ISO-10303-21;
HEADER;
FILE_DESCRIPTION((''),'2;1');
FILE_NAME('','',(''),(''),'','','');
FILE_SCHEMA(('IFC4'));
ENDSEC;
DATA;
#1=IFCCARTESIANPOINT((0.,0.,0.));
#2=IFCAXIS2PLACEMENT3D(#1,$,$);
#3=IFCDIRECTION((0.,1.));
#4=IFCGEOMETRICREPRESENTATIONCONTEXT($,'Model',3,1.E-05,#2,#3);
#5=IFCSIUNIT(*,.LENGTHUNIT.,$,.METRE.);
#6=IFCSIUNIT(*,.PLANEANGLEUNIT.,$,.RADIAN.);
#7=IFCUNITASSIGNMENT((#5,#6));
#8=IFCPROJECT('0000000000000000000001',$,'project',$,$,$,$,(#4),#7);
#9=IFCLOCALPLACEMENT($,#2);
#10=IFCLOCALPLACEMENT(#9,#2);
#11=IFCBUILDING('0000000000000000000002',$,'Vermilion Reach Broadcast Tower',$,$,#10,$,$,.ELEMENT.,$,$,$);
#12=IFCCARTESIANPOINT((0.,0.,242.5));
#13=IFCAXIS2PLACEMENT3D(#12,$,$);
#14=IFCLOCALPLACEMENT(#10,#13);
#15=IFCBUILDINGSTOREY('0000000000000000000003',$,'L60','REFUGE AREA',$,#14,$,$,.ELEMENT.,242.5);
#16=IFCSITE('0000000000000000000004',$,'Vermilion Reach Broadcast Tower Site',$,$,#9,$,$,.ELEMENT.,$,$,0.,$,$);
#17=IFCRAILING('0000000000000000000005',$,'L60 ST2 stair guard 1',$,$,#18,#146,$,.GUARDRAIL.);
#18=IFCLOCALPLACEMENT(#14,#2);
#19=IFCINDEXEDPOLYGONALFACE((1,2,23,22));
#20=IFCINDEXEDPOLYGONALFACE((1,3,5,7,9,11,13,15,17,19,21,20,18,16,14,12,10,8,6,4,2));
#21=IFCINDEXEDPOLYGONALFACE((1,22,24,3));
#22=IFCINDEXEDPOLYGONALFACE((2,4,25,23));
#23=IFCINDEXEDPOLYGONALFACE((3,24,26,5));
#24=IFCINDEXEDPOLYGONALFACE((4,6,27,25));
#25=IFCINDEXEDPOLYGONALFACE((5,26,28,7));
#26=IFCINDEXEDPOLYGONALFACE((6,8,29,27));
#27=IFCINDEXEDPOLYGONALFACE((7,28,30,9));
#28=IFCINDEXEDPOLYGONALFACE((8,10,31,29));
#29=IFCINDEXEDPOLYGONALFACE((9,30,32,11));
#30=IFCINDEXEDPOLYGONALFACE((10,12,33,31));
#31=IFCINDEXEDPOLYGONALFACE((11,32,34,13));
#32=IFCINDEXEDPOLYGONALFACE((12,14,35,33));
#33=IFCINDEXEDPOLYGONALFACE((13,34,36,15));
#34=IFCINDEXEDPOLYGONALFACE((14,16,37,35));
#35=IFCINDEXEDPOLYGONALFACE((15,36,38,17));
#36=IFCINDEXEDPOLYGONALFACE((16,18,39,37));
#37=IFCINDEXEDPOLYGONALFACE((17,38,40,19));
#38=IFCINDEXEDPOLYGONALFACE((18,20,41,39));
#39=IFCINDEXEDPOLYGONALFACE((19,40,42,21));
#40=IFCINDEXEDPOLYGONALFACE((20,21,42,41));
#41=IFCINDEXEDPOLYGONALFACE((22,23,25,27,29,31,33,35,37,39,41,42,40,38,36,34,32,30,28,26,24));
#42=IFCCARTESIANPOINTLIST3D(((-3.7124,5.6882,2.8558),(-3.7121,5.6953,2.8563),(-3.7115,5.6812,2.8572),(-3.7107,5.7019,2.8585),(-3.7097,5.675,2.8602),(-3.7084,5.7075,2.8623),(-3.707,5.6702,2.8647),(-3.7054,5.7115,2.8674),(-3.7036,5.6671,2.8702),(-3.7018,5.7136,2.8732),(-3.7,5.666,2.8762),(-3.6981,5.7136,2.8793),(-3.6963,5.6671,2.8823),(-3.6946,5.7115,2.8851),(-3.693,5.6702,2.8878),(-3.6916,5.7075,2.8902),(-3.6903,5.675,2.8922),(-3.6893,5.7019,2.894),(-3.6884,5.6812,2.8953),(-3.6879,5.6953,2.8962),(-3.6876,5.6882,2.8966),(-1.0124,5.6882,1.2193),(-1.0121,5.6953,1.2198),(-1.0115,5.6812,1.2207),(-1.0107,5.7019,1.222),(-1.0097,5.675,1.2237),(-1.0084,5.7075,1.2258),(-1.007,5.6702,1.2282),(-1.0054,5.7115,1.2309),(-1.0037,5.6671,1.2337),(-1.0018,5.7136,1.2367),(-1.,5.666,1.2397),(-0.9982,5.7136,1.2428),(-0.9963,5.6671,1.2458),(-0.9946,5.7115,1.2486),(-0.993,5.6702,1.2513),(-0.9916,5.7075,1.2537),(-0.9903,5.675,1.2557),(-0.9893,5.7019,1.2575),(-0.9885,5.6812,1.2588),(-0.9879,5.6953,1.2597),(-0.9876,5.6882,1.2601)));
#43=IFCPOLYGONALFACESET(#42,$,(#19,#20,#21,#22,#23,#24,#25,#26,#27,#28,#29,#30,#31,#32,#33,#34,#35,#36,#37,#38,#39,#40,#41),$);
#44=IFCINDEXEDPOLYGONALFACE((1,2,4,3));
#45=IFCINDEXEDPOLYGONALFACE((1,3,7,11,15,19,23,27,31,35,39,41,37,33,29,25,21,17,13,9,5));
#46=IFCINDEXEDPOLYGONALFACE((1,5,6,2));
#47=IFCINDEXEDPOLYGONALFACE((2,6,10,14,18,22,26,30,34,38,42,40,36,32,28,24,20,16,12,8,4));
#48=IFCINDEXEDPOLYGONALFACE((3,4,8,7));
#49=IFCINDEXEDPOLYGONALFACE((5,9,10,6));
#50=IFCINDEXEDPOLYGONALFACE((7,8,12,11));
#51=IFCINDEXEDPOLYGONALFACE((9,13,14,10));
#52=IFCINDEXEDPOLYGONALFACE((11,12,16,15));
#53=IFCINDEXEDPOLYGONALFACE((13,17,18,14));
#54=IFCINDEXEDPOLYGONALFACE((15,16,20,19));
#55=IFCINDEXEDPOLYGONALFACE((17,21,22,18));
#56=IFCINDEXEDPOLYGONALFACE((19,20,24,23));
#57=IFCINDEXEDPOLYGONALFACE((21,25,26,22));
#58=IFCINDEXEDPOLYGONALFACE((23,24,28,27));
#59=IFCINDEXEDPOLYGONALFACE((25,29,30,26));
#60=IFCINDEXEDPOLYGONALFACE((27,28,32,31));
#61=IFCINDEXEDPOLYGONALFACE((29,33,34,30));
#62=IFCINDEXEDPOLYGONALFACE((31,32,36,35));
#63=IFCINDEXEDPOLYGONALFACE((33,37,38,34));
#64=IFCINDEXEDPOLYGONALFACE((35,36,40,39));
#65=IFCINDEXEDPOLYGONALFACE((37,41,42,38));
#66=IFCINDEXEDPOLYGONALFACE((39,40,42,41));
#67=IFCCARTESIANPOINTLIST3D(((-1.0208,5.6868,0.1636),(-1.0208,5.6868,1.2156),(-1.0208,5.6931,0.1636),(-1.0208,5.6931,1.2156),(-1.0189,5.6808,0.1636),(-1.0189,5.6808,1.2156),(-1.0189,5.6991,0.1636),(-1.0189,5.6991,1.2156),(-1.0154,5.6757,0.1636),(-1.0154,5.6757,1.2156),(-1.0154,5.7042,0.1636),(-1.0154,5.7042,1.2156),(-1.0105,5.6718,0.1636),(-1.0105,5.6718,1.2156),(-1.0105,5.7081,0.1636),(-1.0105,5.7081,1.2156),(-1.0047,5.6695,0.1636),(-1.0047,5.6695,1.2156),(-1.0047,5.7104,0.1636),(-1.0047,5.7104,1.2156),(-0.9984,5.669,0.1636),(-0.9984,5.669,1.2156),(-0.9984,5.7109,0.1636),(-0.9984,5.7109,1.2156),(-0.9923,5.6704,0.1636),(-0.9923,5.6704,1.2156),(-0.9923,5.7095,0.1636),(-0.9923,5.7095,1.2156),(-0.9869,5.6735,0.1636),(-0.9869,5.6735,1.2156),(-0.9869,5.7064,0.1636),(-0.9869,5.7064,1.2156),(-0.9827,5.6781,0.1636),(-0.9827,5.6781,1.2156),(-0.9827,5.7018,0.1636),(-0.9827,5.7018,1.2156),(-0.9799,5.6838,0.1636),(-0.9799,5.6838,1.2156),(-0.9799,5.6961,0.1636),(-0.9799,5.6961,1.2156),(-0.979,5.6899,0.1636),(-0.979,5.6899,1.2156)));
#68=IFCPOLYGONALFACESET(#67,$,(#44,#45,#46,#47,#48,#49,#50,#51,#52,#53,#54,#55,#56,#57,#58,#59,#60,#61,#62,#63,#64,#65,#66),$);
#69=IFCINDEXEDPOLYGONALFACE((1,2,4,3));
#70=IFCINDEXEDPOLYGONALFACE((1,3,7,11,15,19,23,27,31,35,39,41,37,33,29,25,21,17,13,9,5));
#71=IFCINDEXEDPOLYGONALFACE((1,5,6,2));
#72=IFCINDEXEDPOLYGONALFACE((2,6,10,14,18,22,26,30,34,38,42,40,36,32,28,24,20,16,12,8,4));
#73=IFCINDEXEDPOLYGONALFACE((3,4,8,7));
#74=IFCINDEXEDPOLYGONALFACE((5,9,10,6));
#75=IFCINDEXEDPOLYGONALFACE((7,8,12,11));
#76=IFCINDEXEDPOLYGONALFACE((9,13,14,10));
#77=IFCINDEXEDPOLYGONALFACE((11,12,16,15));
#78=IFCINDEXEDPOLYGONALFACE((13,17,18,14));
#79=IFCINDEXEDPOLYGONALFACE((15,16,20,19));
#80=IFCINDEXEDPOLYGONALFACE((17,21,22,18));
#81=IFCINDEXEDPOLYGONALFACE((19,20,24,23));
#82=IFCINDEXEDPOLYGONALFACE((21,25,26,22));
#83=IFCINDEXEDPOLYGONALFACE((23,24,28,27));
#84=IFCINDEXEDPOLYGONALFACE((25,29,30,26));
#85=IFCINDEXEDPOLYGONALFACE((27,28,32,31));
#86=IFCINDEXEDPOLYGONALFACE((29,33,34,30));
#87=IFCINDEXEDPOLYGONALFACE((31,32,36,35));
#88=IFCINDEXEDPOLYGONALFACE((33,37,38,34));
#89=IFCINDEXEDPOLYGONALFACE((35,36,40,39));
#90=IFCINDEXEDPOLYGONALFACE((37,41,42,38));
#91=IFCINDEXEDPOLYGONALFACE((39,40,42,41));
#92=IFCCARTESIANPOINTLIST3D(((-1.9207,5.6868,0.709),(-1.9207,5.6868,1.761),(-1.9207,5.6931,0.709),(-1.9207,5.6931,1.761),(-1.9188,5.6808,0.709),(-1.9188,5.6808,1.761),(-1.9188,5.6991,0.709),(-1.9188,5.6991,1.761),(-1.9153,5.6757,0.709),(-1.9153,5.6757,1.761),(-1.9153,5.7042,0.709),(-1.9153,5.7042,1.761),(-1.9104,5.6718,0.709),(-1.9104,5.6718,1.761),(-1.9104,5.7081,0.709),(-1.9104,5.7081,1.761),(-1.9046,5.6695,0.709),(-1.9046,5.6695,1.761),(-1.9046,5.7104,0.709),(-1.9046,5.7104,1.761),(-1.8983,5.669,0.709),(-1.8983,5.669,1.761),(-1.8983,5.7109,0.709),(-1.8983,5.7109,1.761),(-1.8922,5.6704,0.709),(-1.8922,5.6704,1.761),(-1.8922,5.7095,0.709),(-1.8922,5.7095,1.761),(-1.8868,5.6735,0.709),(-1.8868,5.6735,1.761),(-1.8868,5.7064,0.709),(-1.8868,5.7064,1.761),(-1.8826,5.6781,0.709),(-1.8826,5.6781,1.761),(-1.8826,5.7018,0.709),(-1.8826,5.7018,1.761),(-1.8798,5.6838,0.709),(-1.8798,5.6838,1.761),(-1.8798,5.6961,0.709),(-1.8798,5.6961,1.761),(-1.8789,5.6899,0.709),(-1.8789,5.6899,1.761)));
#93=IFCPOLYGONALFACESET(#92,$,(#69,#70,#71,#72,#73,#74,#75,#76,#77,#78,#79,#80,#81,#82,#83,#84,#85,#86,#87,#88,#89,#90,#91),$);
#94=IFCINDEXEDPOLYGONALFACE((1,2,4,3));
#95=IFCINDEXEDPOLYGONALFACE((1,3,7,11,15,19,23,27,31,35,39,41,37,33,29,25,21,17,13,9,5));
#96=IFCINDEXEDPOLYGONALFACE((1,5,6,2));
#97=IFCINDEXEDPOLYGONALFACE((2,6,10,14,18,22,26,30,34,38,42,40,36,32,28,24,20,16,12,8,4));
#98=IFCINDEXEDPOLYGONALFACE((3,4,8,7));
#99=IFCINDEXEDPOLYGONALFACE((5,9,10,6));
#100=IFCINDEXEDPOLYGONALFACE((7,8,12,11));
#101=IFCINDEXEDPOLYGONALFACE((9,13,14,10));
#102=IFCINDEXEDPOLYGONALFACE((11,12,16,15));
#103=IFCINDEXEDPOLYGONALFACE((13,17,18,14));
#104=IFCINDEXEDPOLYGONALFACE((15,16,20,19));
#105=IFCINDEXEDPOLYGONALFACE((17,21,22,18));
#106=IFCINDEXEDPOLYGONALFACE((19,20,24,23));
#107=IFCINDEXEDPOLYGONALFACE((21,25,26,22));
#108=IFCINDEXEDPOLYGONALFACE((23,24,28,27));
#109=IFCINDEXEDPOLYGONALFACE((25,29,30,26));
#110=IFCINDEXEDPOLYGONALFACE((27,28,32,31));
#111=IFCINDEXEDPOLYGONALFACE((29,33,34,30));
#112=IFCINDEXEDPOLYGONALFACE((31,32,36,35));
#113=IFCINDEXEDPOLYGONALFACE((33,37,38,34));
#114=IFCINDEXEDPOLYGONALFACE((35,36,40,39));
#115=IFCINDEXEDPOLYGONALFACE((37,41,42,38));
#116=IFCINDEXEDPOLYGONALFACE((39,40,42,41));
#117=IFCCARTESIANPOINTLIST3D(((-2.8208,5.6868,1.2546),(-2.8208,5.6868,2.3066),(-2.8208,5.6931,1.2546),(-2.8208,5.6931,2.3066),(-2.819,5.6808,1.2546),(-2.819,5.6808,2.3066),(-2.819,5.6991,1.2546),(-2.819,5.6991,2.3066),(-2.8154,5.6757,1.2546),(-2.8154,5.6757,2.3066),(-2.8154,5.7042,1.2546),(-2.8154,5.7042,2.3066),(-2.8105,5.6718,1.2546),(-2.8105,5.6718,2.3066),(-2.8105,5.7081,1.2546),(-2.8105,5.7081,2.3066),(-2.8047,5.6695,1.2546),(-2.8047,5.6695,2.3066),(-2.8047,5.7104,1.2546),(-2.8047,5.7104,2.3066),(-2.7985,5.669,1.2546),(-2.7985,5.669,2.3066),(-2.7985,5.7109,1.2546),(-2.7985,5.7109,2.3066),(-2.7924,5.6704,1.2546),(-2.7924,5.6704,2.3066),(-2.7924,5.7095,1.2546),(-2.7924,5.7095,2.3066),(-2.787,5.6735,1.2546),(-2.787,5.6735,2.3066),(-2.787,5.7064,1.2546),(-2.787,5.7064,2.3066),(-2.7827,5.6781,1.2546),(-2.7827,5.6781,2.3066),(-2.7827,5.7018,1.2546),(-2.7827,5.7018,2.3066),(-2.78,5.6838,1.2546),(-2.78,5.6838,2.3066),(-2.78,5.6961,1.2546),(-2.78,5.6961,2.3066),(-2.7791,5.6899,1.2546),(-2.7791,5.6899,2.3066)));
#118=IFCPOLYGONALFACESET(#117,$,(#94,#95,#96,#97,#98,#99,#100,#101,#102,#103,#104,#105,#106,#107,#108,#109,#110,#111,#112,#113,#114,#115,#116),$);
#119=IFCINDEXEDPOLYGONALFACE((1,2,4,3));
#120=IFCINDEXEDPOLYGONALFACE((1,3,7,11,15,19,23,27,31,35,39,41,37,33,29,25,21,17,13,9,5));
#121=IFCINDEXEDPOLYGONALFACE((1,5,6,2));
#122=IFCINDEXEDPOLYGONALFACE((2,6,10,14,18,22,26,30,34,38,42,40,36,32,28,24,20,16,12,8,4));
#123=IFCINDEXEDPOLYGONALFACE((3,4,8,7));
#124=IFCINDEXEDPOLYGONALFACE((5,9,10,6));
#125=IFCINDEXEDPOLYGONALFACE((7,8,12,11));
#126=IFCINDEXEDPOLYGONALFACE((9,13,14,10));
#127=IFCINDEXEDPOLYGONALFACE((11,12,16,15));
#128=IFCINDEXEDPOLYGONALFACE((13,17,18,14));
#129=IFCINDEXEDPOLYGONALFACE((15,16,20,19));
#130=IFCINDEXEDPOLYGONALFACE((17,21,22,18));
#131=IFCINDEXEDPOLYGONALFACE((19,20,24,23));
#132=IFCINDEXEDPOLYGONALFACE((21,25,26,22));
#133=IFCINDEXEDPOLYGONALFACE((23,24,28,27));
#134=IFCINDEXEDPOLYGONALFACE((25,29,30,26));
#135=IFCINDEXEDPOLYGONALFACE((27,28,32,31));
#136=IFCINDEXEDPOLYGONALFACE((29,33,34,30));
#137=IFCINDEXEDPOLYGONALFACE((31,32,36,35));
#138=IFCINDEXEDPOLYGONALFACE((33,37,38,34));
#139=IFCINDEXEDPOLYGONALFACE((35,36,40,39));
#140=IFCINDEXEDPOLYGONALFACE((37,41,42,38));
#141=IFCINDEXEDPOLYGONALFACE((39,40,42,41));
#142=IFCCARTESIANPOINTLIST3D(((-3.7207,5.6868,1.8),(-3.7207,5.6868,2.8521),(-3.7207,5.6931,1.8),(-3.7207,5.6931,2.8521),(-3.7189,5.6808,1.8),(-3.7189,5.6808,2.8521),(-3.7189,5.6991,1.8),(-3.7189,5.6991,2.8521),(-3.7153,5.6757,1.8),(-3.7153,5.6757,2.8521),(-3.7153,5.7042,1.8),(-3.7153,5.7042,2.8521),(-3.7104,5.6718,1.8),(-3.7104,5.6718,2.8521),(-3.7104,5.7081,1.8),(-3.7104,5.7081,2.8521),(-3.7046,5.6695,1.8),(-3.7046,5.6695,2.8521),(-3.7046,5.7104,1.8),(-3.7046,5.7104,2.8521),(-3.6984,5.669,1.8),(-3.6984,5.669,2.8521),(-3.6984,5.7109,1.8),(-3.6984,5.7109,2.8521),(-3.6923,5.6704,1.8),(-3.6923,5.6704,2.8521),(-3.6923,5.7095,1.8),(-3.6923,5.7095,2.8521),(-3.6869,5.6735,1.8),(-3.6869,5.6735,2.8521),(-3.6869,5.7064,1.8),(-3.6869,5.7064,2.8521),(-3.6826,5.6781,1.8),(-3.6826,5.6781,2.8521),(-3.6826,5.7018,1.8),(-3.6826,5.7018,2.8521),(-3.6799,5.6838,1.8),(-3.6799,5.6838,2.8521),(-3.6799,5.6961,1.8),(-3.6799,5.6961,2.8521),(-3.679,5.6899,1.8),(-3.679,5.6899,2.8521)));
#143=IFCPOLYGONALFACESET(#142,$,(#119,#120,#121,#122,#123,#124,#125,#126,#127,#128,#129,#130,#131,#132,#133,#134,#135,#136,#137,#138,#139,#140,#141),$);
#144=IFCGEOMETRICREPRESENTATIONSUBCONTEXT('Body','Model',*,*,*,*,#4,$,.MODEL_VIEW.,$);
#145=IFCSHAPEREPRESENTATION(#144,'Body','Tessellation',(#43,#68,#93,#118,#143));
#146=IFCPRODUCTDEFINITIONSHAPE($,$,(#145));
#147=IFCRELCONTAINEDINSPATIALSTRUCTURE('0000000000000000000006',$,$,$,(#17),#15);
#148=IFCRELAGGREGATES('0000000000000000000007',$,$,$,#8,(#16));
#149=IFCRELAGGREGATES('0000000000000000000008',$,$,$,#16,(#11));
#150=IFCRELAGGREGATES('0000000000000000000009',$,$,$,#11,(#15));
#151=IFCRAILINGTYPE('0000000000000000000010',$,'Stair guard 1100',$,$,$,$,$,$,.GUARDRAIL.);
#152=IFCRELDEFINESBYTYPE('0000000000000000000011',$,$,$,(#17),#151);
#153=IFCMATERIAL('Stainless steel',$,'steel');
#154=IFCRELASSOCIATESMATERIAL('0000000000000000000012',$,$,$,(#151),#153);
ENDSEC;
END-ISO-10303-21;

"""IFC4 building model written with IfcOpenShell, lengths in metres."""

from ifc_helpers import new_model, si_unit, direction, frame, origin, origin_2d, place, context, subcontext, project, spatial, circle, extrude, material, type_object, element, save


model = new_model("IFC4")

# Units and contexts
model_context = context("Model", 3, precision=1e-05, world=origin(), true_north=direction((0.0, 1.0)))
body_context = subcontext(model_context, "Body", "Model", "MODEL_VIEW")
ifc_project = project(units=[si_unit("LENGTHUNIT", "METRE"), si_unit("PLANEANGLEUNIT", "RADIAN")], contexts=[model_context])

# Site, building, storey
site_placement = place(None, origin())
site = spatial("IfcSite", under=ifc_project, at=site_placement, Name="Vermilion Reach Broadcast Tower Site", CompositionType="ELEMENT", RefElevation=0.0)
building_placement = place(site_placement, origin())
building = spatial("IfcBuilding", under=site, at=building_placement, Name="Vermilion Reach Broadcast Tower", CompositionType="ELEMENT")
storey_placement = place(building_placement, frame((0.0, 0.0, 242.5)))
storey = spatial("IfcBuildingStorey", under=building, at=storey_placement, Name="L60", Description="REFUGE AREA", CompositionType="ELEMENT", Elevation=242.5)

# Railing
ifc_material_1 = material(Name="Stainless steel", Category="steel")
railing_type_1 = type_object("IfcRailingType", Name="Stair guard 1100", PredefinedType="GUARDRAIL", material=ifc_material_1)
railing_1_placement = place(storey_placement, frame((-1.0, 5.6899, 0.1636)))
element("IfcRailing", 1, at=railing_1_placement, inside=storey, type_object=railing_type_1, Name="L60 ST2 stair guard 1", PredefinedType="GUARDRAIL", context=body_context, shape_type="SweptSolid", body=[
    extrude(circle(Radius=0.0239, at=origin_2d()), frame((0.0, 0.0, 1.0762), z_axis=(-0.855178, 0.0, 0.518334), x_axis=(0.0, -1.0, 0.0)), (0.0, 0.0, 1.0), 3.1572),
    extrude(circle(Radius=0.021, at=origin_2d()), origin(), (0.0, 0.0, 1.0), 1.052),
    extrude(circle(Radius=0.021, at=origin_2d()), frame((-0.8999, 0.0, 0.5454)), (0.0, 0.0, 1.0), 1.052),
    extrude(circle(Radius=0.021, at=origin_2d()), frame((-1.8, 0.0, 1.0911)), (0.0, 0.0, 1.0), 1.052),
    extrude(circle(Radius=0.021, at=origin_2d()), frame((-2.7, 0.0, 1.6365)), (0.0, 0.0, 1.0), 1.052),
])

save(model, "model.ifc")
